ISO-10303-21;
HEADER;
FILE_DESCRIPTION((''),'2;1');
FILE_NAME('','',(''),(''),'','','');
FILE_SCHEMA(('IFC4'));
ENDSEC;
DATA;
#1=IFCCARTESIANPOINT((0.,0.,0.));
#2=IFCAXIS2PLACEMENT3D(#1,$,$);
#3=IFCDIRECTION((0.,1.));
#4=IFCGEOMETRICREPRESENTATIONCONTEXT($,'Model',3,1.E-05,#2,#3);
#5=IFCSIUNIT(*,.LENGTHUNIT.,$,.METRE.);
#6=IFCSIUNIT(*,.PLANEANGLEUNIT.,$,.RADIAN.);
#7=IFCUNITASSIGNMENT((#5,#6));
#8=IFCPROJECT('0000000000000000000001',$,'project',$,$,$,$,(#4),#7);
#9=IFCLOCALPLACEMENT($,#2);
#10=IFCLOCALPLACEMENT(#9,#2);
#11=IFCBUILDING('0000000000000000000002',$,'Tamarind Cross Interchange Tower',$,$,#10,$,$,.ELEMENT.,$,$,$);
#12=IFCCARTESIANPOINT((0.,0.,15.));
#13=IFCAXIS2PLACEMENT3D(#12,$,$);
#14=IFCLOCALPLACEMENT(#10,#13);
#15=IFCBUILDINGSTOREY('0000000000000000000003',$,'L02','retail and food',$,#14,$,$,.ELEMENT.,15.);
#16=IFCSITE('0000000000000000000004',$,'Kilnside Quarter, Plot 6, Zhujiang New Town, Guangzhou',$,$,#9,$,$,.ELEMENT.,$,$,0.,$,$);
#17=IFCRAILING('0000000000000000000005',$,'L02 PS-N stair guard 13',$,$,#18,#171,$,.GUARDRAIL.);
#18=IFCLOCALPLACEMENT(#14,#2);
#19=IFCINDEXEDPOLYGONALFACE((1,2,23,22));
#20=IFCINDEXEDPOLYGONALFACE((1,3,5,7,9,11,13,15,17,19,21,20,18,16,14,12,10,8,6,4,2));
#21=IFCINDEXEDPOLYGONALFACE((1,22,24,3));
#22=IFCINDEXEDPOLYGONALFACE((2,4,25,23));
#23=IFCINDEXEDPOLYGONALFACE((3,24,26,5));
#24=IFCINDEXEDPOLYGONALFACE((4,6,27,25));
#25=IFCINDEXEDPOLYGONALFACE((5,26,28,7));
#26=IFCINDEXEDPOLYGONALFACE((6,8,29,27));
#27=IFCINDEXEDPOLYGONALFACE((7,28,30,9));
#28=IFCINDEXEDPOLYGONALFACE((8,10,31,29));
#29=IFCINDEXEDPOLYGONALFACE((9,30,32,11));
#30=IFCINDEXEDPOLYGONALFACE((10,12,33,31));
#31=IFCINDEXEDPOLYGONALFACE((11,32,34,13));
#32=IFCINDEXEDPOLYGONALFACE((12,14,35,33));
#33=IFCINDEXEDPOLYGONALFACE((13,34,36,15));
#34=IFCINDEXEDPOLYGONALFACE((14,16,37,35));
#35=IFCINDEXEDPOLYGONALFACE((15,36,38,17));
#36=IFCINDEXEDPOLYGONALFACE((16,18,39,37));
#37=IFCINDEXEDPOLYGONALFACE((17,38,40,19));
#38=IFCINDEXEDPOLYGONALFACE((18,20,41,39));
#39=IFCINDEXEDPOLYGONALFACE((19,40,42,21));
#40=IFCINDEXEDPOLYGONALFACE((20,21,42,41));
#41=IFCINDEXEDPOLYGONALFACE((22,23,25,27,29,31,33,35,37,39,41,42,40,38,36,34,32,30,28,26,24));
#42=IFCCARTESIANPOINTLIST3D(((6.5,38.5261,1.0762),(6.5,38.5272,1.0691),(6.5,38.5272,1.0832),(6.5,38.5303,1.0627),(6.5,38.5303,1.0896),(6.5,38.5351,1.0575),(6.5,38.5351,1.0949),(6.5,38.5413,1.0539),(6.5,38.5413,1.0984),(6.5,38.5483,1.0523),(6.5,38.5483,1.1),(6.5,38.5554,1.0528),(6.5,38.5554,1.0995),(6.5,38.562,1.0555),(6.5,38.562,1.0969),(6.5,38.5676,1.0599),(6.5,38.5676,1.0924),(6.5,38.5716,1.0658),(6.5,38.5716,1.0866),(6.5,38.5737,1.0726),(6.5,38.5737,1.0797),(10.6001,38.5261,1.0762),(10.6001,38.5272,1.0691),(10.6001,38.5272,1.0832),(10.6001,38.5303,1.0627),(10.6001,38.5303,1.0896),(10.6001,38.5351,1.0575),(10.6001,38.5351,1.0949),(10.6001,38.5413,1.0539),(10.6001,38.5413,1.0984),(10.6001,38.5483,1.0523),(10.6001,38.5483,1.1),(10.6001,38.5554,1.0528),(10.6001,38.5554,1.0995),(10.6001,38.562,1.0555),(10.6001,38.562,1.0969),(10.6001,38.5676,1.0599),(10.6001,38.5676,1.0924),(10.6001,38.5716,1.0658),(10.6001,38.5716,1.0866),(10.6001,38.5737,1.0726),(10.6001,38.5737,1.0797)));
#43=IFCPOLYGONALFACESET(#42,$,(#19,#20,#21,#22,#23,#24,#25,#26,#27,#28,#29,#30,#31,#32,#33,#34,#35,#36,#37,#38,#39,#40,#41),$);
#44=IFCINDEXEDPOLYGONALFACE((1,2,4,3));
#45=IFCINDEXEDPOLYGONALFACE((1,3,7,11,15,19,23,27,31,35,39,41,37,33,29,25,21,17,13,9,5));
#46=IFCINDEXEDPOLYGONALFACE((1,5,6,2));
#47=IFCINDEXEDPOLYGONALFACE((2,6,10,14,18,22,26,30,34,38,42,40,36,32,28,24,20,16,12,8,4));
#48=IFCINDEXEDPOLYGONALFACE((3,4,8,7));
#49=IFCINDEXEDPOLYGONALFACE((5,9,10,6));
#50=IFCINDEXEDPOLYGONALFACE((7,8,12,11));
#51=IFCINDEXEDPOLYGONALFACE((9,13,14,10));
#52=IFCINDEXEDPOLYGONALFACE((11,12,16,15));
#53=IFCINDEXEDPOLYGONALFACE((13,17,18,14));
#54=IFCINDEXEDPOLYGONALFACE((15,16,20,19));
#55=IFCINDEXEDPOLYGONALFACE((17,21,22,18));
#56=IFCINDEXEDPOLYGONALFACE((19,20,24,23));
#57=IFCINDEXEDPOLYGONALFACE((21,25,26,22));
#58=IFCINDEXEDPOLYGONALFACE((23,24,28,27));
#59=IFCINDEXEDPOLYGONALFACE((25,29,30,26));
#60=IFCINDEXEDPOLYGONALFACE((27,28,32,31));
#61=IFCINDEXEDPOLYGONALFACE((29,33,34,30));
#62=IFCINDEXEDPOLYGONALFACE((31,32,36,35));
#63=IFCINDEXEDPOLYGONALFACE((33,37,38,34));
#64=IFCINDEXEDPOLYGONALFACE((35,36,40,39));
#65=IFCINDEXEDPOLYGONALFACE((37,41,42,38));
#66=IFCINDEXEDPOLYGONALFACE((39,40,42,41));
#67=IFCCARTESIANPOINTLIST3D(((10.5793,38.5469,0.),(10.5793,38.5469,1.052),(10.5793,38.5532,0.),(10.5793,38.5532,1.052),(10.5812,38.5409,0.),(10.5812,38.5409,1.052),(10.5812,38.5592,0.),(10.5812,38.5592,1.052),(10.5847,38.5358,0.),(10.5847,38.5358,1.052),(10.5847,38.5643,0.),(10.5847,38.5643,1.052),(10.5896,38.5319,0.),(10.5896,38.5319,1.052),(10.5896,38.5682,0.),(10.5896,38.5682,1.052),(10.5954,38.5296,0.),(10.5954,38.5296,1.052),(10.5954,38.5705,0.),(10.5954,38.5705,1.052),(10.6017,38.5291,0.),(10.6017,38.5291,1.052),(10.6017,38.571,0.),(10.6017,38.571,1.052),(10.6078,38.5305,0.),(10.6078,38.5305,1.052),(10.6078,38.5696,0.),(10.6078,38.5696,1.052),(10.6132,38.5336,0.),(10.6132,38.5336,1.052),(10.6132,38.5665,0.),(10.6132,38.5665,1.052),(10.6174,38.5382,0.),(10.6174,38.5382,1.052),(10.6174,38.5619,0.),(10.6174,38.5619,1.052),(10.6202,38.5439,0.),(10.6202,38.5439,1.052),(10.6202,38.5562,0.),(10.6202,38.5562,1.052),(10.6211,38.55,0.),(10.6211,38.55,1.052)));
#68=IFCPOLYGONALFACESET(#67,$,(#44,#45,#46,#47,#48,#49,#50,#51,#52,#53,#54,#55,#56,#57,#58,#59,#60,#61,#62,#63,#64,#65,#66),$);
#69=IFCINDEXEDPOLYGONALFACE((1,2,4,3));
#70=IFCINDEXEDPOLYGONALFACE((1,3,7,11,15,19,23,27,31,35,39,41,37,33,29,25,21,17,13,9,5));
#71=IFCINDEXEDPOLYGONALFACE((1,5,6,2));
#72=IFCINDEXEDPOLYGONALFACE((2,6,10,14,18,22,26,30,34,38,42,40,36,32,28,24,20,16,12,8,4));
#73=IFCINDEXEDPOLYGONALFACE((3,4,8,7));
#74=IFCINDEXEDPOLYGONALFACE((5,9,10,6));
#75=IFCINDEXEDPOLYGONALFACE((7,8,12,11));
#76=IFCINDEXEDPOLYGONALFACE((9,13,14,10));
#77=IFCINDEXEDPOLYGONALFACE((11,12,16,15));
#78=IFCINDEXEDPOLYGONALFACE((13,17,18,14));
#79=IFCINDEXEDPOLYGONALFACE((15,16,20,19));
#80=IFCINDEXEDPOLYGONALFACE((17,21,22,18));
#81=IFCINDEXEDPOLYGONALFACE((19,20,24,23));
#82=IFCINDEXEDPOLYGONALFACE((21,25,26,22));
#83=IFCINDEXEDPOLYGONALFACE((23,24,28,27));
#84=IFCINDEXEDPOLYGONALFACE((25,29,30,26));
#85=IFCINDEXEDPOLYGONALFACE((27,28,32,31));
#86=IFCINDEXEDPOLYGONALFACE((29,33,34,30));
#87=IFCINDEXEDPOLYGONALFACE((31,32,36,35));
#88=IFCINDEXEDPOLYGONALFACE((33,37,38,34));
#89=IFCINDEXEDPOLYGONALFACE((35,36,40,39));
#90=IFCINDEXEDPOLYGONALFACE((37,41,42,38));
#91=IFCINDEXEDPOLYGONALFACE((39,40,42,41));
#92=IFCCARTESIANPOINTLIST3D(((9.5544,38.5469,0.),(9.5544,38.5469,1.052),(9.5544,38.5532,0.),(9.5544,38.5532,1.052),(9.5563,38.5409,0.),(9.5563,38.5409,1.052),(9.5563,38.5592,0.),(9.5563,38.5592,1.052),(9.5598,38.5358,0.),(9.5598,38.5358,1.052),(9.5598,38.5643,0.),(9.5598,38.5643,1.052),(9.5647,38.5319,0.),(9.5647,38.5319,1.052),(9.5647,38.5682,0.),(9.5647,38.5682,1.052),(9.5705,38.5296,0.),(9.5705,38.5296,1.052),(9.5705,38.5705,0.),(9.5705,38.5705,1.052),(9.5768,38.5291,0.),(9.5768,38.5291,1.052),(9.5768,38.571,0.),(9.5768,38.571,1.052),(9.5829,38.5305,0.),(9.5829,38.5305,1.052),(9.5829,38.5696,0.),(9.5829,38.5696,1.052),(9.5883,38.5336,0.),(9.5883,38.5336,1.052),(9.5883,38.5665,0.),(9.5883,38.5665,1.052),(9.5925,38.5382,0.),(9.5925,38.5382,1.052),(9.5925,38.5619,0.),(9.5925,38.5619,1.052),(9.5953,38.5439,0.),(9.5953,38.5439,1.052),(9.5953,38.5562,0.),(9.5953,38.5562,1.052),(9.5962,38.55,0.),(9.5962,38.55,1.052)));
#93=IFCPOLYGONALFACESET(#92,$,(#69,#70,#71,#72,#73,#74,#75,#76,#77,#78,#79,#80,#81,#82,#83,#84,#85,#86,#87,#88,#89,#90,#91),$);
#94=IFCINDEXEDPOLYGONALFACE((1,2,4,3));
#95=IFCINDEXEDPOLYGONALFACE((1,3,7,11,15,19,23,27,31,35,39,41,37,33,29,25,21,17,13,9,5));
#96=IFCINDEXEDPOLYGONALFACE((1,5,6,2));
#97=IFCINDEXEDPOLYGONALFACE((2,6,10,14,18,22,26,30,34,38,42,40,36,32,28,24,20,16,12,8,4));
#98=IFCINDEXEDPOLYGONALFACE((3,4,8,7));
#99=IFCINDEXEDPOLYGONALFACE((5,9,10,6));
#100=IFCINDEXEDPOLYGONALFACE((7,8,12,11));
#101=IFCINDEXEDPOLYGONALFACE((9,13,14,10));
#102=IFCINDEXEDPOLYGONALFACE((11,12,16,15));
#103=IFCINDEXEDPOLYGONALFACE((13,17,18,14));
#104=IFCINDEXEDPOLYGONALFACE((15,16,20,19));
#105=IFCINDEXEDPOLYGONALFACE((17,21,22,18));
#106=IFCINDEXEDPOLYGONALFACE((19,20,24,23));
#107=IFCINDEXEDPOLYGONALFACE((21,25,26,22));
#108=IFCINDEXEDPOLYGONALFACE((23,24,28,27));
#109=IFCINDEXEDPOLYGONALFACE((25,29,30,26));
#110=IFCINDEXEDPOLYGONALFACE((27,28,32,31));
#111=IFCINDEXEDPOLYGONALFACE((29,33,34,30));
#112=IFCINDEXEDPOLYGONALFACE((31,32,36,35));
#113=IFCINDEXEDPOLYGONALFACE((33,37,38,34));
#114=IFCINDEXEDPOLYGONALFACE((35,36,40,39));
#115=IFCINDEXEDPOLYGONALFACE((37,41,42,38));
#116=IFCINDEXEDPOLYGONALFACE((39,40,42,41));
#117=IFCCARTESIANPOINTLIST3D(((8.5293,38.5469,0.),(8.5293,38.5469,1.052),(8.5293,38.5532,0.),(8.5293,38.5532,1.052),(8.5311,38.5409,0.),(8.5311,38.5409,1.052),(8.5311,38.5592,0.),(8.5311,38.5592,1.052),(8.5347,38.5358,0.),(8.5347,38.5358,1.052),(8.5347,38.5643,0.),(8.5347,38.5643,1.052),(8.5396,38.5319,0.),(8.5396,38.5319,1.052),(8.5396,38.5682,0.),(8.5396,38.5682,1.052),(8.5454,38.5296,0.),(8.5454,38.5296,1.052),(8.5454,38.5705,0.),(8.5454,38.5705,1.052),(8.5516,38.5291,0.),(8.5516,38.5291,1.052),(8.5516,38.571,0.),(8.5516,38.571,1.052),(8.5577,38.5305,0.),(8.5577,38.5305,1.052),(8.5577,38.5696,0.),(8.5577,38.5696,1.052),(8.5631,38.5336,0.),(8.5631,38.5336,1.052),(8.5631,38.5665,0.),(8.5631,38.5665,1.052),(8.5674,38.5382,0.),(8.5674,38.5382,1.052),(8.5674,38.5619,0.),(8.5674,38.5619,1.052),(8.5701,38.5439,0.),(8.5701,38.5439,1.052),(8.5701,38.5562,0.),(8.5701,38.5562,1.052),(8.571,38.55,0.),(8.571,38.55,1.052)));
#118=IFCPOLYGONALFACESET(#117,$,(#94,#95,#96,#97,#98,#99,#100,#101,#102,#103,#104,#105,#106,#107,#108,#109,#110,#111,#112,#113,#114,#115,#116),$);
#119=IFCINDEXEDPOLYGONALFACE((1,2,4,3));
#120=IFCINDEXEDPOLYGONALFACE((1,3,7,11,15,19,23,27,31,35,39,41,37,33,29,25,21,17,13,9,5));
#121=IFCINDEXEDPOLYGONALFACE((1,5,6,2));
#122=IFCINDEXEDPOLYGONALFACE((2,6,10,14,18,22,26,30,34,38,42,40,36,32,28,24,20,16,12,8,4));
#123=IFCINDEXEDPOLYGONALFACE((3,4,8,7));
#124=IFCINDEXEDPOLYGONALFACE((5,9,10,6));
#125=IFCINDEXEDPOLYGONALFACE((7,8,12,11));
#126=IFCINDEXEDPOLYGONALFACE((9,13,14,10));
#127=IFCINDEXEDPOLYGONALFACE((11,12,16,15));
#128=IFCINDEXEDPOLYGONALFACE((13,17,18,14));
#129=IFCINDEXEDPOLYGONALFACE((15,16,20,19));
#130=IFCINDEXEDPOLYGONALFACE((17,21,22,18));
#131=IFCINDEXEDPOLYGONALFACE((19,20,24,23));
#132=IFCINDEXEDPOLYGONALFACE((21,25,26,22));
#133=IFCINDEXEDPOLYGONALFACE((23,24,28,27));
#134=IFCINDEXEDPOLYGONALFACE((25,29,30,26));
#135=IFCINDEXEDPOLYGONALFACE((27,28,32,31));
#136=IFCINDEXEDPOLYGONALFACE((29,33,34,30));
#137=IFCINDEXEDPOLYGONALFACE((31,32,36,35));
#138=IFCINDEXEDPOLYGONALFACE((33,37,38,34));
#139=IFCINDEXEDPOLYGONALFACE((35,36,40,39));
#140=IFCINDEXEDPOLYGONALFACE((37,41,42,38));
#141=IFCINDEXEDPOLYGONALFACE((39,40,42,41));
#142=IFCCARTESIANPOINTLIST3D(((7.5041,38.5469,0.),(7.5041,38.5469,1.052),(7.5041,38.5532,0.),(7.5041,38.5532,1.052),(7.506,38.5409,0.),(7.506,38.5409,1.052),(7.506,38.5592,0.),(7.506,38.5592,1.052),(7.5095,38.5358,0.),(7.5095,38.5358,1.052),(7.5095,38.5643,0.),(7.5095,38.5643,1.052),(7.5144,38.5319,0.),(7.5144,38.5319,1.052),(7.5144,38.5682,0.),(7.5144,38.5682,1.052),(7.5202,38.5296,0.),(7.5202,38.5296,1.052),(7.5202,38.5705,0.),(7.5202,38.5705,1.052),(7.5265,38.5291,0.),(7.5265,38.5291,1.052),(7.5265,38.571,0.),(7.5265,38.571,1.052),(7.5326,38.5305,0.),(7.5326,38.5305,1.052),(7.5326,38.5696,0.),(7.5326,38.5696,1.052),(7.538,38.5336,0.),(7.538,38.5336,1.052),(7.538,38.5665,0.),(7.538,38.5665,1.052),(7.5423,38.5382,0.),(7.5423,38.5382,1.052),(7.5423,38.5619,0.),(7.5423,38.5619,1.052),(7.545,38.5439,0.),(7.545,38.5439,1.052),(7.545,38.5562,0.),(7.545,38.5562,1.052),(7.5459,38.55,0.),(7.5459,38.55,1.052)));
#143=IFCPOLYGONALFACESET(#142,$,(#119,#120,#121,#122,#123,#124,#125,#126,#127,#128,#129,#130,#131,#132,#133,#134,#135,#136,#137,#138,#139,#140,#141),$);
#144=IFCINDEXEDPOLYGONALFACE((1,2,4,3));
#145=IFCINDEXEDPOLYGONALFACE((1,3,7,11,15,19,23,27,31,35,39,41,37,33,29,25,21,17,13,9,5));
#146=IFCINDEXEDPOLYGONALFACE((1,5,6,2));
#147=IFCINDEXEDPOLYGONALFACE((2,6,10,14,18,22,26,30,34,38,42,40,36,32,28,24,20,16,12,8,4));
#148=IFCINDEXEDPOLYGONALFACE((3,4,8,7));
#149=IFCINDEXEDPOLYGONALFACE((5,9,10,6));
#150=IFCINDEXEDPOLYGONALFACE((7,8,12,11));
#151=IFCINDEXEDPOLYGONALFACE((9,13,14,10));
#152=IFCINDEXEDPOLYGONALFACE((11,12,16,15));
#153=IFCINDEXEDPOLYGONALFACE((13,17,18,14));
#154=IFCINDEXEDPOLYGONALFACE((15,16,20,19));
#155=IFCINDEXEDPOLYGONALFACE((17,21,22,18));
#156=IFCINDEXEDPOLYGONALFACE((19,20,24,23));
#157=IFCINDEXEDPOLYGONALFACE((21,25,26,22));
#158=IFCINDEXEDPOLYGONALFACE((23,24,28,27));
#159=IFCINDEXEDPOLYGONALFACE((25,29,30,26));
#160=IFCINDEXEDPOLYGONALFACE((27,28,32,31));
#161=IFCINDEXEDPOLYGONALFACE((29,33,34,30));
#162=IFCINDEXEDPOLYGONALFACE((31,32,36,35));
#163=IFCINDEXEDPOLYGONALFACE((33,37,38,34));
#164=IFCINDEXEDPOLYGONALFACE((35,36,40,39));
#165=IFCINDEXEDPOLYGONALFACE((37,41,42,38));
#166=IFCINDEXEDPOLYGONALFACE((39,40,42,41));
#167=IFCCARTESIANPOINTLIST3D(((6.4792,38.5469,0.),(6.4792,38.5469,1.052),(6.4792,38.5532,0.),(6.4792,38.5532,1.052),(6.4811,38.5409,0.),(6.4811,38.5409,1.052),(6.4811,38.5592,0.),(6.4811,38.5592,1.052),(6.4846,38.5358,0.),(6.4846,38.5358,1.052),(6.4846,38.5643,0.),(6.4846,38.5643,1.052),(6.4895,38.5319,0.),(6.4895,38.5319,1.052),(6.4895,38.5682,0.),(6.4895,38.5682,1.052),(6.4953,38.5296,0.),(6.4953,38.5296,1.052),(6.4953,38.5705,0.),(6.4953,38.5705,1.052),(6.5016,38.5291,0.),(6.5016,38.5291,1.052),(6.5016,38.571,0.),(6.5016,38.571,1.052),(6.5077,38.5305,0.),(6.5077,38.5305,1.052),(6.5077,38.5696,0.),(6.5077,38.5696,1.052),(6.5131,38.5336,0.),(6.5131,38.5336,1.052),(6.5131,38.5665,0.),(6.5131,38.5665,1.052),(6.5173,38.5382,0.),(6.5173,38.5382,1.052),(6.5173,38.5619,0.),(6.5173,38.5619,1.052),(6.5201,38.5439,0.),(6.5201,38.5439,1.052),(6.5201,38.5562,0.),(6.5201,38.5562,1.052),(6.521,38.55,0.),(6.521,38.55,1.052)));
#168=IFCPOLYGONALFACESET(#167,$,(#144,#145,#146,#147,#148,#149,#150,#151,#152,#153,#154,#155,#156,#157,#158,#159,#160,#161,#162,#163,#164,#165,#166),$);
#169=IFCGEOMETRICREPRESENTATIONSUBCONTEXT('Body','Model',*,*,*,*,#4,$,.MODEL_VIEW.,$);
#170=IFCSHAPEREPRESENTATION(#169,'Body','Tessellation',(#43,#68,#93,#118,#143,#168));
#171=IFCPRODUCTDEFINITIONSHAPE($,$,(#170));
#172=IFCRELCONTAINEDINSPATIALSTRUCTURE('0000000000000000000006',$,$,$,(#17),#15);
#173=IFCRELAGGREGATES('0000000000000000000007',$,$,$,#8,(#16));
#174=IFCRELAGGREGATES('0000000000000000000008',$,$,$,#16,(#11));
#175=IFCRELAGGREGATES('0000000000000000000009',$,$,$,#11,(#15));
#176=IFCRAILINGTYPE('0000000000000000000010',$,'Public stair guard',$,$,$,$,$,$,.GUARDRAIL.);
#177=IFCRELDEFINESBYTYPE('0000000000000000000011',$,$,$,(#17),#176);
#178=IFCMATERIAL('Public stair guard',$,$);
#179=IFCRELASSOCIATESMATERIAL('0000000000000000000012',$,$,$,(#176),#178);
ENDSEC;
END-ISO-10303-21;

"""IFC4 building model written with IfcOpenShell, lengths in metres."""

from ifc_helpers import new_model, si_unit, direction, frame, origin, origin_2d, place, context, subcontext, project, spatial, circle, extrude, material, type_object, element, save


model = new_model("IFC4")

# Units and contexts
model_context = context("Model", 3, precision=1e-05, world=origin(), true_north=direction((0.0, 1.0)))
body_context = subcontext(model_context, "Body", "Model", "MODEL_VIEW")
ifc_project = project(units=[si_unit("LENGTHUNIT", "METRE"), si_unit("PLANEANGLEUNIT", "RADIAN")], contexts=[model_context])

# Site, building, storey
site_placement = place(None, origin())
site = spatial("IfcSite", under=ifc_project, at=site_placement, Name="Kilnside Quarter, Plot 6, Zhujiang New Town, Guangzhou", CompositionType="ELEMENT", RefElevation=0.0)
building_placement = place(site_placement, origin())
building = spatial("IfcBuilding", under=site, at=building_placement, Name="Tamarind Cross Interchange Tower", CompositionType="ELEMENT")
storey_placement = place(building_placement, frame((0.0, 0.0, 15.0)))
storey = spatial("IfcBuildingStorey", under=building, at=storey_placement, Name="L02", Description="retail and food", CompositionType="ELEMENT", Elevation=15.0)

# Railing
ifc_material_1 = material(Name="Public stair guard")
railing_type_1 = type_object("IfcRailingType", Name="Public stair guard", PredefinedType="GUARDRAIL", material=ifc_material_1)
railing_1_placement = place(storey_placement, frame((10.6001, 38.55, 0.0)))
element("IfcRailing", 1, at=railing_1_placement, inside=storey, type_object=railing_type_1, Name="L02 PS-N stair guard 13", PredefinedType="GUARDRAIL", context=body_context, shape_type="SweptSolid", body=[
    extrude(circle(Radius=0.0239, at=origin_2d()), frame((0.0, 0.0, 1.0762), z_axis=(-1.0, 0.0, 0.0), x_axis=(0.0, -1.0, 0.0)), (0.0, 0.0, 1.0), 4.1001),
    extrude(circle(Radius=0.021, at=origin_2d()), origin(), (0.0, 0.0, 1.0), 1.052),
    extrude(circle(Radius=0.021, at=origin_2d()), frame((-1.0249, 0.0, 0.0)), (0.0, 0.0, 1.0), 1.052),
    extrude(circle(Radius=0.021, at=origin_2d()), frame((-2.05, 0.0, 0.0)), (0.0, 0.0, 1.0), 1.052),
    extrude(circle(Radius=0.021, at=origin_2d()), frame((-3.0752, 0.0, 0.0)), (0.0, 0.0, 1.0), 1.052),
    extrude(circle(Radius=0.021, at=origin_2d()), frame((-4.1001, 0.0, 0.0)), (0.0, 0.0, 1.0), 1.052),
])

save(model, "model.ifc")
